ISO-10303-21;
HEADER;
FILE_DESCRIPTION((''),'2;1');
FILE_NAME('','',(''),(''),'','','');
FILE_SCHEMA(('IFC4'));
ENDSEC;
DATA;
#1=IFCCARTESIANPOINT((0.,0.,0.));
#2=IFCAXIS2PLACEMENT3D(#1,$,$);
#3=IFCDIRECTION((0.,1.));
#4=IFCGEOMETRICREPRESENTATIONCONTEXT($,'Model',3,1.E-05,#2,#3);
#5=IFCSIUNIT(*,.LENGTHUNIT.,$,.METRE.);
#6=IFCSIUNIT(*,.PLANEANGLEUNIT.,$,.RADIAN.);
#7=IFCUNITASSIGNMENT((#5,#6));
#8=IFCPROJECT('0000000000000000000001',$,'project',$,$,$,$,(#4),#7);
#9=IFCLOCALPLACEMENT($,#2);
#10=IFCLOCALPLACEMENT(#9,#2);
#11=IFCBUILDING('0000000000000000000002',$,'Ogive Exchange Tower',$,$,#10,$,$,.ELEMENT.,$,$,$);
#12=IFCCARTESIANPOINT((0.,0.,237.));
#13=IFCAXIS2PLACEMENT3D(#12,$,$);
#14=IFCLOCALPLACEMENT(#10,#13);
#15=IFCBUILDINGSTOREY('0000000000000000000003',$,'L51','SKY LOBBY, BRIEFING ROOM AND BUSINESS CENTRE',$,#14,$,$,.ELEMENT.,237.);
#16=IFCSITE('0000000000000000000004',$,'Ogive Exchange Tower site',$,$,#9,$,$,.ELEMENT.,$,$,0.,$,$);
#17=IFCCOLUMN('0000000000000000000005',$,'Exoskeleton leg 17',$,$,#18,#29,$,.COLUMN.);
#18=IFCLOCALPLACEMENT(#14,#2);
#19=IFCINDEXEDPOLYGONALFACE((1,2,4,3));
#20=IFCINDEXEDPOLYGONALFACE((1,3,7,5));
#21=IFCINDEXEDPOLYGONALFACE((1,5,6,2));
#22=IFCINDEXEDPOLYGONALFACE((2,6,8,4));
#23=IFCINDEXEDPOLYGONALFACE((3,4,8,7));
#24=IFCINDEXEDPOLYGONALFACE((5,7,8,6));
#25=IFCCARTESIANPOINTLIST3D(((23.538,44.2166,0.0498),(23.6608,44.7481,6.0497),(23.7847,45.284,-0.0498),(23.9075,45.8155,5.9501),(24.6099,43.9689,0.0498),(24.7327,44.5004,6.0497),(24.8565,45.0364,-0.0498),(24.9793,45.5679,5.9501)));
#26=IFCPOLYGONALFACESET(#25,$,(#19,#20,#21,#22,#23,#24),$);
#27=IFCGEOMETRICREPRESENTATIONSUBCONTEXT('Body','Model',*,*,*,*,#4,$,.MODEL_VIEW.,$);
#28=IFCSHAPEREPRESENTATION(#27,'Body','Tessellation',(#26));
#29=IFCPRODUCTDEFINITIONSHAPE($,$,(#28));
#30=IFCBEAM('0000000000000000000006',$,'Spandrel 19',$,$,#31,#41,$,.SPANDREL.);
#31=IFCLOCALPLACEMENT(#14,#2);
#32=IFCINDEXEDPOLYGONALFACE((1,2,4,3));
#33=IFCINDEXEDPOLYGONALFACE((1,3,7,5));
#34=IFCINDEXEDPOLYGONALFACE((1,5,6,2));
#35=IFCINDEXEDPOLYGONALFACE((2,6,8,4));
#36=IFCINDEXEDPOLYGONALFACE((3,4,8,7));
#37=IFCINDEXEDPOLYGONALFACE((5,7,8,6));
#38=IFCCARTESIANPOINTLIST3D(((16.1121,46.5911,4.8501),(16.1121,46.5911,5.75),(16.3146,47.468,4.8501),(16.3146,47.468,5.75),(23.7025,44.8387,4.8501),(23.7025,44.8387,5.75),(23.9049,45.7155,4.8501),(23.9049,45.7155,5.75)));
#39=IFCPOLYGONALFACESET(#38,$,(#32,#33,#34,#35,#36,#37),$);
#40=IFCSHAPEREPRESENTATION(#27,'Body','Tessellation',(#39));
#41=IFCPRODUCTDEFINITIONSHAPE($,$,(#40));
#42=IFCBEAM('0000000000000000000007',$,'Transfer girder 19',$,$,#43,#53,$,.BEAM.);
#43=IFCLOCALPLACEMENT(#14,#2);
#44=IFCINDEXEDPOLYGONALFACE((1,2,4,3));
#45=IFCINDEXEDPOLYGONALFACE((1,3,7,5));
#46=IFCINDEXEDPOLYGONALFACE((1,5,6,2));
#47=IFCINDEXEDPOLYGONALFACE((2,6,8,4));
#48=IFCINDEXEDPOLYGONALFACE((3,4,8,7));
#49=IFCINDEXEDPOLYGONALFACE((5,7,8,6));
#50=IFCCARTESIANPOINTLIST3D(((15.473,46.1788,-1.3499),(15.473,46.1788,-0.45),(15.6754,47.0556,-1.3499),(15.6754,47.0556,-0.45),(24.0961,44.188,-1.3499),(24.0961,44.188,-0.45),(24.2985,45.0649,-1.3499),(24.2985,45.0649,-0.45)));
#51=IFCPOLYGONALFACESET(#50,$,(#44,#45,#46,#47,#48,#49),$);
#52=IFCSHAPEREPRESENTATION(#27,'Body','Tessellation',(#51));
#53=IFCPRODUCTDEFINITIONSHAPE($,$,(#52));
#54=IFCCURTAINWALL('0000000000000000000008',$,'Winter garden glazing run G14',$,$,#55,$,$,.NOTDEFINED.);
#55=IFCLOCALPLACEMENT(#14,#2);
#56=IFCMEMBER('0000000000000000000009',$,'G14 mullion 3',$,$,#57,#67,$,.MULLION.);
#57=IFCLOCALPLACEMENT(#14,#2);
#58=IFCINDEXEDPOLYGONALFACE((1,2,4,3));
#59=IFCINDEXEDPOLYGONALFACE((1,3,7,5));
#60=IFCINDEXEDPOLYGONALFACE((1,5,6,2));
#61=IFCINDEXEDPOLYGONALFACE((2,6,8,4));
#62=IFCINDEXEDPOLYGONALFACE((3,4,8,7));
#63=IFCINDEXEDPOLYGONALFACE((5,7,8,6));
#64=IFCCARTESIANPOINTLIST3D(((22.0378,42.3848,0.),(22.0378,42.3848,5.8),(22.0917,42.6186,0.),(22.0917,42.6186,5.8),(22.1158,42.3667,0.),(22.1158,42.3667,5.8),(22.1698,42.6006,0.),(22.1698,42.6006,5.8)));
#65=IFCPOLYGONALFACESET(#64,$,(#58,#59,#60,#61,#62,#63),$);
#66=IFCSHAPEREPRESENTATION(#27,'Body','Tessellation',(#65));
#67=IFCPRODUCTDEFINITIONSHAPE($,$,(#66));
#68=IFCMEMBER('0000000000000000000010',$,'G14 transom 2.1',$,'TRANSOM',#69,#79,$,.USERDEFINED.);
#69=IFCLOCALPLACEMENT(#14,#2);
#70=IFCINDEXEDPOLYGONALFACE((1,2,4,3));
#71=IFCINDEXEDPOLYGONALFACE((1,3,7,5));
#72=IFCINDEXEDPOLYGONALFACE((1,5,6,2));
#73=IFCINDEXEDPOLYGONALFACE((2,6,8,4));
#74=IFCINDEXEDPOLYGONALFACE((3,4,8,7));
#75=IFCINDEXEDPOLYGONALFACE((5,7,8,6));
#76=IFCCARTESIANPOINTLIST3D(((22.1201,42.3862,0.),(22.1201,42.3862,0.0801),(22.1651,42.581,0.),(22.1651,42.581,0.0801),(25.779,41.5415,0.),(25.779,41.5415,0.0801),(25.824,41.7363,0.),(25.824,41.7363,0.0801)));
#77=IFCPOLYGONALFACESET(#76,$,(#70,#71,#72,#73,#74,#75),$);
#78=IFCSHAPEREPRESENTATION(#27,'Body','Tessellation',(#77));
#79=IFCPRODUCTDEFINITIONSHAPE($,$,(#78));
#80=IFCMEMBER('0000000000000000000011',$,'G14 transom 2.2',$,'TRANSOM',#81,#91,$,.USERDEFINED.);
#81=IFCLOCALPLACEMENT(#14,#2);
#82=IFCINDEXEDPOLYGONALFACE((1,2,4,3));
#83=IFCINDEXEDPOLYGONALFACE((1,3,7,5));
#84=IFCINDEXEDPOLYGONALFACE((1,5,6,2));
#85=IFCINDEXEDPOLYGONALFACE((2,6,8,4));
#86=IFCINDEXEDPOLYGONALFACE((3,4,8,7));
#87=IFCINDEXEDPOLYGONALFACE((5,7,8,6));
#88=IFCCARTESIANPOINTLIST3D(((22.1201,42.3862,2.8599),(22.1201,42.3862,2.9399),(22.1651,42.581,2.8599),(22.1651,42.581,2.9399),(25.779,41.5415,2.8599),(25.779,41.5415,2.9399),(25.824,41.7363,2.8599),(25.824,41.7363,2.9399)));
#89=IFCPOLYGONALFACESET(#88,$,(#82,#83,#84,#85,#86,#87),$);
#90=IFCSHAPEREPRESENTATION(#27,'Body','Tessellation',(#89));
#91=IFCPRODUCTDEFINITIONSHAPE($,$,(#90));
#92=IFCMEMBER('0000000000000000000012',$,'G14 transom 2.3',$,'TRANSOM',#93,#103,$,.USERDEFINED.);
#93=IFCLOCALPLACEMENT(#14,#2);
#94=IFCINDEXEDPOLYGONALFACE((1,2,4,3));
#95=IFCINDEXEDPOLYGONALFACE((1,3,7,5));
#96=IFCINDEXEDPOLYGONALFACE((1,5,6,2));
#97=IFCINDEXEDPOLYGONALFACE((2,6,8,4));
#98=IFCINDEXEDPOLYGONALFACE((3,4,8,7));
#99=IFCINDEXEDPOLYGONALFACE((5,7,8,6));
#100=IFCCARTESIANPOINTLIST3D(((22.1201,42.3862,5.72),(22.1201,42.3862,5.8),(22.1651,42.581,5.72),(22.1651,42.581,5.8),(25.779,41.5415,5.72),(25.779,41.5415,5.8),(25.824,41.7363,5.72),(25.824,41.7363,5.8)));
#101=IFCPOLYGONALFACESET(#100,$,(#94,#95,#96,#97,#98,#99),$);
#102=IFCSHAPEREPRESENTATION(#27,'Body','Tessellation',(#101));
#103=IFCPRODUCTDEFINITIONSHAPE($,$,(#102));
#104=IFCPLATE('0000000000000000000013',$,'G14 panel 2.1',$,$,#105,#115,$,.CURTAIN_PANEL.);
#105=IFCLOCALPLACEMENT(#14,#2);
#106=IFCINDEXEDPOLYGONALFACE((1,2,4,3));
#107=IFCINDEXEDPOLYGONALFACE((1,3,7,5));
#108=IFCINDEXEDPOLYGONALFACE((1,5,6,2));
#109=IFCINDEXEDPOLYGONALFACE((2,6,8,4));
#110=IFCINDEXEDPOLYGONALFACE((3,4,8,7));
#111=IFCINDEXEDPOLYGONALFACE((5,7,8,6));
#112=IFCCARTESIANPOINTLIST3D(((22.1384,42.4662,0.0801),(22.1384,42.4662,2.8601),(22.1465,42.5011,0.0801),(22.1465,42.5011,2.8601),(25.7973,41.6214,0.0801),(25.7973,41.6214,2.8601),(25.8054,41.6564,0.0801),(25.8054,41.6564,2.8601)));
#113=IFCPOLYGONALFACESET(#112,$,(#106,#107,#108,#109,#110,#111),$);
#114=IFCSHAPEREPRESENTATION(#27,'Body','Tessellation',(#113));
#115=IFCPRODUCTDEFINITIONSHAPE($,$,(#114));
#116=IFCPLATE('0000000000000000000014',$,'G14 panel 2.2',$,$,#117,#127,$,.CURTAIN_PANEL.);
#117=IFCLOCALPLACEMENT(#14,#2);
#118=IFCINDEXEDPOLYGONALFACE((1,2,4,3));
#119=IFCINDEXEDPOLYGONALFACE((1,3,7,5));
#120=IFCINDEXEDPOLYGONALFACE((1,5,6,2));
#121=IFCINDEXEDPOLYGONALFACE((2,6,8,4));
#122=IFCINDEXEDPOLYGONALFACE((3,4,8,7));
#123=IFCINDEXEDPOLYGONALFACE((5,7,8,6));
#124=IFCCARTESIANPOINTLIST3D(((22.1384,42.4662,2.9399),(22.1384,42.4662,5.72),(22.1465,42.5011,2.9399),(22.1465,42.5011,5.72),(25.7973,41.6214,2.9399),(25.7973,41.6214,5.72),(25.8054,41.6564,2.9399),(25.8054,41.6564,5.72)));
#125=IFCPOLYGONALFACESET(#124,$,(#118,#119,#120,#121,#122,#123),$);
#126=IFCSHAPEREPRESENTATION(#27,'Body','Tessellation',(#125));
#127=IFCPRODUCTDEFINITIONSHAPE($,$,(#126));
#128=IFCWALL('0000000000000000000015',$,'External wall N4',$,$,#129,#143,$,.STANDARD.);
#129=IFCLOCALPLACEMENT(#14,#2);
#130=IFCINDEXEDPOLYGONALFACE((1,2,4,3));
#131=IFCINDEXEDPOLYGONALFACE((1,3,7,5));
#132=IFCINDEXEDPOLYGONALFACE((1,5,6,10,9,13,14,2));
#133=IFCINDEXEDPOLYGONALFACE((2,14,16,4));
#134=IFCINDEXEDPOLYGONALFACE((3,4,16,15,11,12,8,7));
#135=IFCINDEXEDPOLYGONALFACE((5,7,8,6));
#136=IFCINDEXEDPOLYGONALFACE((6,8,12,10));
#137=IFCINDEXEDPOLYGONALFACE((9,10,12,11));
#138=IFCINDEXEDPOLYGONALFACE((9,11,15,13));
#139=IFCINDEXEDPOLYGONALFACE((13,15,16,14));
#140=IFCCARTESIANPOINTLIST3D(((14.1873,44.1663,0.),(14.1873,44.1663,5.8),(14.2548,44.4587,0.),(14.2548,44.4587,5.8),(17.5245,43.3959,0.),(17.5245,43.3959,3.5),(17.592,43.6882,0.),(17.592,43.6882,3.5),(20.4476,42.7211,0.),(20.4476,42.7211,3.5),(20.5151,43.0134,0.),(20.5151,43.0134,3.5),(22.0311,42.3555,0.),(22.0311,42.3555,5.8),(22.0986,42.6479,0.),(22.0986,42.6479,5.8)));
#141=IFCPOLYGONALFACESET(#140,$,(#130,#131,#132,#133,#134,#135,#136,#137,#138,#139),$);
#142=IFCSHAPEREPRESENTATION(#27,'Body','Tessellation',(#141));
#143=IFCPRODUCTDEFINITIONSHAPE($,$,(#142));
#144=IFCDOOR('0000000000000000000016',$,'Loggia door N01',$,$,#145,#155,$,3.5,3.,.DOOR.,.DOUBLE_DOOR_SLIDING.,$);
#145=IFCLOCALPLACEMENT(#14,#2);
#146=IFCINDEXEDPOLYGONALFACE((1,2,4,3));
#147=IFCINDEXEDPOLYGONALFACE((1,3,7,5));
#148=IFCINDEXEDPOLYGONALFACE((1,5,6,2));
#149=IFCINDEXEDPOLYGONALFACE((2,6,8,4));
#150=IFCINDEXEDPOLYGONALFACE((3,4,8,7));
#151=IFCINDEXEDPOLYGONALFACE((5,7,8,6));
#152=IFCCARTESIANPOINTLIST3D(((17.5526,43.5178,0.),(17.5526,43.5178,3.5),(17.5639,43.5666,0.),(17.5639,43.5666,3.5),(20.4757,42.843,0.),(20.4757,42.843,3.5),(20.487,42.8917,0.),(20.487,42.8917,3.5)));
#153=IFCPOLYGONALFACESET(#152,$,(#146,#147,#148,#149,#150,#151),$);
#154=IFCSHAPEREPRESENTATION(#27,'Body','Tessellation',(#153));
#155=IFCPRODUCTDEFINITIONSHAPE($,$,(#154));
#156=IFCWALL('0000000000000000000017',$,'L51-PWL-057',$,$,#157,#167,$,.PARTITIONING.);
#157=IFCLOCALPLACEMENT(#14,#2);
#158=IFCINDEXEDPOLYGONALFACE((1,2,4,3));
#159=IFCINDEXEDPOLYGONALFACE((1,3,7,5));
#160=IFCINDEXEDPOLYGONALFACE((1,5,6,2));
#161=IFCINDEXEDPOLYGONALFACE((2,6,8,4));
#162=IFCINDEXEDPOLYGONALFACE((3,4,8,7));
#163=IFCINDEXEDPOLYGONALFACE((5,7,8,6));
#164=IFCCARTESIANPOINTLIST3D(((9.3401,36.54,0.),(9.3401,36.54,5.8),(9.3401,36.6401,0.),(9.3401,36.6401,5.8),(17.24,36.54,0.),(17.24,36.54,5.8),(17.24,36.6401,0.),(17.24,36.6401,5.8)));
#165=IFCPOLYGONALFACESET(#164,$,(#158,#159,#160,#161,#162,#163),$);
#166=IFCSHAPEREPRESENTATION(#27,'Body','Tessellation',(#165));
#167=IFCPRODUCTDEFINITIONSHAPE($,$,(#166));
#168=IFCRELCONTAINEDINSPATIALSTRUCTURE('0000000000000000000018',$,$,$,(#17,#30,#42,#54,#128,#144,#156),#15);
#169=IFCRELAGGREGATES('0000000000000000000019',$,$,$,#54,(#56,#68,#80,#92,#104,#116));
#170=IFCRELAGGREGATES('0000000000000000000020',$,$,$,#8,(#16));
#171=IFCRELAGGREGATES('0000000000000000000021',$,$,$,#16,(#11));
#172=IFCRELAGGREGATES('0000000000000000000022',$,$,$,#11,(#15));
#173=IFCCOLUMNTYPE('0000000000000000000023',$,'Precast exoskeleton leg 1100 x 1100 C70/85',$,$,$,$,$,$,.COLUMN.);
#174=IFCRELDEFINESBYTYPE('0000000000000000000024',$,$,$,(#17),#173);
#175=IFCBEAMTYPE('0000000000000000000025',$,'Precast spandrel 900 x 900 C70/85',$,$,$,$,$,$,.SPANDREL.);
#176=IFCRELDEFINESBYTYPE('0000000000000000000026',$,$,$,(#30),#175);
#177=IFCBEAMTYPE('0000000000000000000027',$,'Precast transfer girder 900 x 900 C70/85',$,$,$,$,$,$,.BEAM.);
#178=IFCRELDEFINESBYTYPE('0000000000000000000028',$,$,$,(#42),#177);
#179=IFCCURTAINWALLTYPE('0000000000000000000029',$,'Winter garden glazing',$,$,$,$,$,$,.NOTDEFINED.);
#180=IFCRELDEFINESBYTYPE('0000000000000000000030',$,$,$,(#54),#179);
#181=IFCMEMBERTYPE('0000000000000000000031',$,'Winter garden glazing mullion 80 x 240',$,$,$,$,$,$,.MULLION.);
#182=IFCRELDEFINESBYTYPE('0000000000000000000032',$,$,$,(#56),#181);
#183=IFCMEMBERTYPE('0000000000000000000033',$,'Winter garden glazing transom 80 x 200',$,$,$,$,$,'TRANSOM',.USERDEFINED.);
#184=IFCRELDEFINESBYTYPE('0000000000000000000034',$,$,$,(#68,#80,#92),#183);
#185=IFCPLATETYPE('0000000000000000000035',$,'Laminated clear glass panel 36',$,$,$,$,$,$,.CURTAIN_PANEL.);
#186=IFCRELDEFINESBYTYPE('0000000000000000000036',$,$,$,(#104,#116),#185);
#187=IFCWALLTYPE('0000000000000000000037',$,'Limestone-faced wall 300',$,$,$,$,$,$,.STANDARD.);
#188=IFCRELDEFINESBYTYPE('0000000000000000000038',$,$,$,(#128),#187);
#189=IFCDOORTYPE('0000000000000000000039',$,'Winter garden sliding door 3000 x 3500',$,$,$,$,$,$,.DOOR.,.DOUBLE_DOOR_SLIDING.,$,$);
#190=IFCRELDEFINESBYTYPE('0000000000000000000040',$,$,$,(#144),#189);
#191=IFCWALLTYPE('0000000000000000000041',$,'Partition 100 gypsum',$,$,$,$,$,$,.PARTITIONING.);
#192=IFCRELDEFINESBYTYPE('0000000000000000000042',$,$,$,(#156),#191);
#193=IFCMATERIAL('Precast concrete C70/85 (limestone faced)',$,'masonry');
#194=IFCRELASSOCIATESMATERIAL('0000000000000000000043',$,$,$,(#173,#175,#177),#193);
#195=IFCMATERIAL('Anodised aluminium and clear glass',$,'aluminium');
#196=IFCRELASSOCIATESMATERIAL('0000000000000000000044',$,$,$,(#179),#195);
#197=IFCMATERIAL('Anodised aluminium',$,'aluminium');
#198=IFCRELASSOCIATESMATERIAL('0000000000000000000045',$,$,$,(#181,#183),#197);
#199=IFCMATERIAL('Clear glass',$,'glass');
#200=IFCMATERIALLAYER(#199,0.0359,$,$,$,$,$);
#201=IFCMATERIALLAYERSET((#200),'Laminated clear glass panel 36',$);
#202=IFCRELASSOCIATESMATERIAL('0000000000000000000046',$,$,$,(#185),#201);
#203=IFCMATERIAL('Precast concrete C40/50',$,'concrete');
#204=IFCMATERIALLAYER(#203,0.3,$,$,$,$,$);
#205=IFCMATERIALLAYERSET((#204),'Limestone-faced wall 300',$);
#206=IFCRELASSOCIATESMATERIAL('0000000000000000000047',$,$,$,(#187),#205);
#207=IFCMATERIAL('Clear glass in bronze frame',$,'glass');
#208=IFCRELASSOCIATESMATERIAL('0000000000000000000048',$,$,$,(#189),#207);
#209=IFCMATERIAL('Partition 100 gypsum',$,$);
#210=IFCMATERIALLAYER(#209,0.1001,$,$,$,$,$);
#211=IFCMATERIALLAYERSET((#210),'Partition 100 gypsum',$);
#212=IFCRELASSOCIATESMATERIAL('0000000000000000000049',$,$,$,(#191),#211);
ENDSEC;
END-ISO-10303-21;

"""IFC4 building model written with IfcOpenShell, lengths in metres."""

from ifc_helpers import new_model, si_unit, direction, frame, frame_2d, origin, origin_2d, place, context, subcontext, project, spatial, rectangle, extrude, material, layer, layer_set, material_profile, profile_set, type_object, element, fill, aggregate, save


model = new_model("IFC4")

# Units and contexts
model_context = context("Model", 3, precision=1e-05, world=origin(), true_north=direction((0.0, 1.0)))
body_context = subcontext(model_context, "Body", "Model", "MODEL_VIEW")
ifc_project = project(units=[si_unit("LENGTHUNIT", "METRE"), si_unit("PLANEANGLEUNIT", "RADIAN")], contexts=[model_context])

# Site, building, storey
site_placement = place(None, origin())
site = spatial("IfcSite", under=ifc_project, at=site_placement, Name="Ogive Exchange Tower site", CompositionType="ELEMENT", RefElevation=0.0)
building_placement = place(site_placement, origin())
building = spatial("IfcBuilding", under=site, at=building_placement, Name="Ogive Exchange Tower", CompositionType="ELEMENT")
storey_placement = place(building_placement, frame((0.0, 0.0, 237.0)))
storey = spatial("IfcBuildingStorey", under=building, at=storey_placement, Name="L51", Description="SKY LOBBY, BRIEFING ROOM AND BUSINESS CENTRE", CompositionType="ELEMENT", Elevation=237.0)

# Column
ifc_material_1 = material(Name="Precast concrete C70/85 (limestone faced)", Category="masonry")
ifc_material_profile_1 = material_profile(ifc_material_1, rectangle(XDim=1.1001, YDim=1.1001, at=origin_2d()), Name="1100 x 1100")
ifc_profile_set_1 = profile_set([ifc_material_profile_1], Name="Precast concrete C70/85 (limestone faced)")
column_type = type_object("IfcColumnType", Name="Precast exoskeleton leg 1100 x 1100 C70/85", PredefinedType="COLUMN", material=ifc_profile_set_1)
column_placement = place(storey_placement, frame((24.1973, 44.6265, 0.0), z_axis=(0.020383, 0.088219, 0.995893), x_axis=(-0.974331, 0.225121, 0.0)))
element("IfcColumn", 1, at=column_placement, inside=storey, type_object=column_type, Name="Exoskeleton leg 17", PredefinedType="COLUMN", context=body_context, shape_type="SweptSolid", body=[
    extrude(rectangle(XDim=1.1001, YDim=1.1001, at=origin_2d()), origin(), (0.0, 0.0, 1.0), 6.0247),
])

# Beams
ifc_material_profile_2 = material_profile(ifc_material_1, rectangle(XDim=0.8999, YDim=0.8999, at=origin_2d()), Name="900 x 900")
ifc_profile_set_2 = profile_set([ifc_material_profile_2], Name="Precast concrete C70/85 (limestone faced)")
beam_type_1 = type_object("IfcBeamType", Name="Precast spandrel 900 x 900 C70/85", PredefinedType="SPANDREL", material=ifc_profile_set_2)
beam_1_placement = place(storey_placement, frame((23.8037, 45.2771, 5.3), z_axis=(-0.974368, 0.22496, 0.0), x_axis=(-0.22496, -0.974368, 0.0)))
element("IfcBeam", 2, at=beam_1_placement, inside=storey, type_object=beam_type_1, Name="Spandrel 19", PredefinedType="SPANDREL", context=body_context, shape_type="SweptSolid", body=[
    extrude(rectangle(XDim=0.8999, YDim=0.8999, at=origin_2d()), origin(), (0.0, 0.0, 1.0), 7.79),
])
ifc_material_profile_3 = material_profile(ifc_material_1, rectangle(XDim=0.8999, YDim=0.8999, at=origin_2d()), Name="900 x 900")
ifc_profile_set_3 = profile_set([ifc_material_profile_3], Name="Precast concrete C70/85 (limestone faced)")
beam_type_2 = type_object("IfcBeamType", Name="Precast transfer girder 900 x 900 C70/85", PredefinedType="BEAM", material=ifc_profile_set_3)
beam_2_placement = place(storey_placement, frame((24.1973, 44.6265, -0.8999), z_axis=(-0.974372, 0.224944, 0.0), x_axis=(-0.224944, -0.974372, 0.0)))
element("IfcBeam", 3, at=beam_2_placement, inside=storey, type_object=beam_type_2, Name="Transfer girder 19", PredefinedType="BEAM", context=body_context, shape_type="SweptSolid", body=[
    extrude(rectangle(XDim=0.8999, YDim=0.8999, at=origin_2d()), origin(), (0.0, 0.0, 1.0), 8.8499),
])

# Curtain wall, members, plates
ifc_material_2 = material(Name="Anodised aluminium and clear glass", Category="aluminium")
curtain_wall_type = type_object("IfcCurtainWallType", Name="Winter garden glazing", PredefinedType="NOTDEFINED", material=ifc_material_2)
curtain_wall_placement = place(storey_placement, origin())
curtain_wall = element("IfcCurtainWall", 4, at=curtain_wall_placement, inside=storey, type_object=curtain_wall_type, Name="Winter garden glazing run G14", PredefinedType="NOTDEFINED")
ifc_material_3 = material(Name="Anodised aluminium", Category="aluminium")
ifc_material_profile_4 = material_profile(ifc_material_3, rectangle(XDim=0.24, YDim=0.0801, at=origin_2d()), Name="AL 80x240")
ifc_profile_set_4 = profile_set([ifc_material_profile_4], Name="Anodised aluminium")
member_type_1 = type_object("IfcMemberType", Name="Winter garden glazing mullion 80 x 240", PredefinedType="MULLION", material=ifc_profile_set_4)
member_1_placement = place(storey_placement, frame((22.1038, 42.4927, 0.0), z_axis=(0.0, 0.0, 1.0), x_axis=(-0.224954, -0.974369, 0.0)))
member_1 = element("IfcMember", 5, at=member_1_placement, type_object=member_type_1, Name="G14 mullion 3", PredefinedType="MULLION", context=body_context, shape_type="SweptSolid", body=[
    extrude(rectangle(XDim=0.24, YDim=0.0801, at=origin_2d()), origin(), (0.0, 0.0, 1.0), 5.8),
])
ifc_material_profile_5 = material_profile(ifc_material_3, rectangle(XDim=0.2, YDim=0.0801, at=origin_2d()), Name="AL 80x200")
ifc_profile_set_5 = profile_set([ifc_material_profile_5], Name="Anodised aluminium")
member_type_2 = type_object("IfcMemberType", Name="Winter garden glazing transom 80 x 200", ElementType="TRANSOM", PredefinedType="USERDEFINED", material=ifc_profile_set_5)
member_2_placement = place(storey_placement, frame((25.8015, 41.6389, 0.04), z_axis=(-0.97437, 0.22495, 0.0), x_axis=(-0.22495, -0.97437, 0.0)))
member_2 = element("IfcMember", 6, at=member_2_placement, type_object=member_type_2, Name="G14 transom 2.1", ObjectType="TRANSOM", PredefinedType="USERDEFINED", context=body_context, shape_type="SweptSolid", body=[
    extrude(rectangle(XDim=0.2, YDim=0.0801, at=origin_2d()), origin(), (0.0, 0.0, 1.0), 3.7551),
])
member_3_placement = place(storey_placement, frame((25.8015, 41.6389, 2.8999), z_axis=(-0.97437, 0.22495, 0.0), x_axis=(-0.22495, -0.97437, 0.0)))
member_3 = element("IfcMember", 7, at=member_3_placement, type_object=member_type_2, Name="G14 transom 2.2", ObjectType="TRANSOM", PredefinedType="USERDEFINED", context=body_context, shape_type="SweptSolid", body=[
    extrude(rectangle(XDim=0.2, YDim=0.0801, at=origin_2d()), origin(), (0.0, 0.0, 1.0), 3.7551),
])
member_4_placement = place(storey_placement, frame((25.8015, 41.6389, 5.76), z_axis=(-0.97437, 0.22495, 0.0), x_axis=(-0.22495, -0.97437, 0.0)))
member_4 = element("IfcMember", 8, at=member_4_placement, type_object=member_type_2, Name="G14 transom 2.3", ObjectType="TRANSOM", PredefinedType="USERDEFINED", context=body_context, shape_type="SweptSolid", body=[
    extrude(rectangle(XDim=0.2, YDim=0.0801, at=origin_2d()), origin(), (0.0, 0.0, 1.0), 3.7551),
])
ifc_material_4 = material(Name="Clear glass", Category="glass")
ifc_layer_1 = layer(ifc_material_4, 0.0359)
ifc_layer_set_1 = layer_set([ifc_layer_1], Name="Laminated clear glass panel 36")
plate_type = type_object("IfcPlateType", Name="Laminated clear glass panel 36", PredefinedType="CURTAIN_PANEL", material=ifc_layer_set_1)
plate_1_placement = place(storey_placement, frame((23.9719, 42.0613, 0.0801), z_axis=(0.0, 0.0, 1.0), x_axis=(-0.974369, 0.224954, 0.0)))
plate_1 = element("IfcPlate", 9, at=plate_1_placement, type_object=plate_type, Name="G14 panel 2.1", PredefinedType="CURTAIN_PANEL", context=body_context, shape_type="SweptSolid", body=[
    extrude(rectangle(XDim=3.7551, YDim=0.0359, at=origin_2d()), origin(), (0.0, 0.0, 1.0), 2.78),
])
plate_2_placement = place(storey_placement, frame((23.9719, 42.0613, 2.9399), z_axis=(0.0, 0.0, 1.0), x_axis=(-0.974369, 0.224954, 0.0)))
plate_2 = element("IfcPlate", 10, at=plate_2_placement, type_object=plate_type, Name="G14 panel 2.2", PredefinedType="CURTAIN_PANEL", context=body_context, shape_type="SweptSolid", body=[
    extrude(rectangle(XDim=3.7551, YDim=0.0359, at=origin_2d()), origin(), (0.0, 0.0, 1.0), 2.78),
])
aggregate(curtain_wall, [member_1, member_2, member_3, member_4, plate_1, plate_2])

# Wall, opening, door
ifc_material_5 = material(Name="Precast concrete C40/50", Category="concrete")
ifc_layer_2 = layer(ifc_material_5, 0.3)
ifc_layer_set_2 = layer_set([ifc_layer_2], Name="Limestone-faced wall 300")
wall_type_1 = type_object("IfcWallType", Name="Limestone-faced wall 300", PredefinedType="STANDARD", material=ifc_layer_set_2)
wall_1_placement = place(storey_placement, frame((22.0647, 42.5017, 0.0), z_axis=(0.0, 0.0, 1.0), x_axis=(-0.974372, 0.224941, 0.0)))
wall_1 = element("IfcWall", 11, at=wall_1_placement, inside=storey, type_object=wall_type_1, Name="External wall N4", PredefinedType="STANDARD", context=body_context, shape_type="SweptSolid", body=[
    extrude(rectangle(XDim=8.05, YDim=0.3, at=frame_2d((4.0249, 0.0))), origin(), (0.0, 0.0, 1.0), 5.8),
])
opening_1_placement = place(wall_1_placement, frame((1.625, 0.0, 0.0)))
opening_1 = element("IfcOpeningElement", 12, at=opening_1_placement, cuts=wall_1, PredefinedType="OPENING", context=body_context, shape_type="SweptSolid", body=[
    extrude(rectangle(XDim=3.0, YDim=3.5, at=frame_2d((1.5, 1.75))), frame((0.0, 0.1599, 0.0), z_axis=(0.0, -1.0, 0.0), x_axis=(1.0, 0.0, 0.0)), (0.0, 0.0, 1.0), 0.3201),
])
ifc_material_6 = material(Name="Clear glass in bronze frame", Category="glass")
door_type_1 = type_object("IfcDoorType", Name="Winter garden sliding door 3000 x 3500", OperationType="DOUBLE_DOOR_SLIDING", PredefinedType="DOOR", material=ifc_material_6)
door_1_placement = place(opening_1_placement, origin())
door_1 = element("IfcDoor", 13, at=door_1_placement, inside=storey, type_object=door_type_1, Name="Loggia door N01", OperationType="DOUBLE_DOOR_SLIDING", OverallHeight=3.5, OverallWidth=3.0, PredefinedType="DOOR", context=body_context, shape_type="SweptSolid", body=[
    extrude(rectangle(XDim=3.0, YDim=3.5, at=frame_2d((1.5, 1.75))), frame((0.0, 0.0249, 0.0), z_axis=(0.0, -1.0, 0.0), x_axis=(1.0, 0.0, 0.0)), (0.0, 0.0, 1.0), 0.05),
])
fill(opening_1, door_1)

# Wall
ifc_material_7 = material(Name="Partition 100 gypsum")
ifc_layer_3 = layer(ifc_material_7, 0.1001)
ifc_layer_set_3 = layer_set([ifc_layer_3], Name="Partition 100 gypsum")
wall_type_2 = type_object("IfcWallType", Name="Partition 100 gypsum", PredefinedType="PARTITIONING", material=ifc_layer_set_3)
wall_2_placement = place(storey_placement, frame((17.24, 36.5901, 0.0), z_axis=(0.0, 0.0, 1.0), x_axis=(-1.0, 0.0, 0.0)))
element("IfcWall", 14, at=wall_2_placement, inside=storey, type_object=wall_type_2, Name="L51-PWL-057", PredefinedType="PARTITIONING", context=body_context, shape_type="SweptSolid", body=[
    extrude(rectangle(XDim=7.8999, YDim=0.1001, at=frame_2d((3.95, 0.0))), origin(), (0.0, 0.0, 1.0), 5.8),
])

save(model, "model.ifc")
